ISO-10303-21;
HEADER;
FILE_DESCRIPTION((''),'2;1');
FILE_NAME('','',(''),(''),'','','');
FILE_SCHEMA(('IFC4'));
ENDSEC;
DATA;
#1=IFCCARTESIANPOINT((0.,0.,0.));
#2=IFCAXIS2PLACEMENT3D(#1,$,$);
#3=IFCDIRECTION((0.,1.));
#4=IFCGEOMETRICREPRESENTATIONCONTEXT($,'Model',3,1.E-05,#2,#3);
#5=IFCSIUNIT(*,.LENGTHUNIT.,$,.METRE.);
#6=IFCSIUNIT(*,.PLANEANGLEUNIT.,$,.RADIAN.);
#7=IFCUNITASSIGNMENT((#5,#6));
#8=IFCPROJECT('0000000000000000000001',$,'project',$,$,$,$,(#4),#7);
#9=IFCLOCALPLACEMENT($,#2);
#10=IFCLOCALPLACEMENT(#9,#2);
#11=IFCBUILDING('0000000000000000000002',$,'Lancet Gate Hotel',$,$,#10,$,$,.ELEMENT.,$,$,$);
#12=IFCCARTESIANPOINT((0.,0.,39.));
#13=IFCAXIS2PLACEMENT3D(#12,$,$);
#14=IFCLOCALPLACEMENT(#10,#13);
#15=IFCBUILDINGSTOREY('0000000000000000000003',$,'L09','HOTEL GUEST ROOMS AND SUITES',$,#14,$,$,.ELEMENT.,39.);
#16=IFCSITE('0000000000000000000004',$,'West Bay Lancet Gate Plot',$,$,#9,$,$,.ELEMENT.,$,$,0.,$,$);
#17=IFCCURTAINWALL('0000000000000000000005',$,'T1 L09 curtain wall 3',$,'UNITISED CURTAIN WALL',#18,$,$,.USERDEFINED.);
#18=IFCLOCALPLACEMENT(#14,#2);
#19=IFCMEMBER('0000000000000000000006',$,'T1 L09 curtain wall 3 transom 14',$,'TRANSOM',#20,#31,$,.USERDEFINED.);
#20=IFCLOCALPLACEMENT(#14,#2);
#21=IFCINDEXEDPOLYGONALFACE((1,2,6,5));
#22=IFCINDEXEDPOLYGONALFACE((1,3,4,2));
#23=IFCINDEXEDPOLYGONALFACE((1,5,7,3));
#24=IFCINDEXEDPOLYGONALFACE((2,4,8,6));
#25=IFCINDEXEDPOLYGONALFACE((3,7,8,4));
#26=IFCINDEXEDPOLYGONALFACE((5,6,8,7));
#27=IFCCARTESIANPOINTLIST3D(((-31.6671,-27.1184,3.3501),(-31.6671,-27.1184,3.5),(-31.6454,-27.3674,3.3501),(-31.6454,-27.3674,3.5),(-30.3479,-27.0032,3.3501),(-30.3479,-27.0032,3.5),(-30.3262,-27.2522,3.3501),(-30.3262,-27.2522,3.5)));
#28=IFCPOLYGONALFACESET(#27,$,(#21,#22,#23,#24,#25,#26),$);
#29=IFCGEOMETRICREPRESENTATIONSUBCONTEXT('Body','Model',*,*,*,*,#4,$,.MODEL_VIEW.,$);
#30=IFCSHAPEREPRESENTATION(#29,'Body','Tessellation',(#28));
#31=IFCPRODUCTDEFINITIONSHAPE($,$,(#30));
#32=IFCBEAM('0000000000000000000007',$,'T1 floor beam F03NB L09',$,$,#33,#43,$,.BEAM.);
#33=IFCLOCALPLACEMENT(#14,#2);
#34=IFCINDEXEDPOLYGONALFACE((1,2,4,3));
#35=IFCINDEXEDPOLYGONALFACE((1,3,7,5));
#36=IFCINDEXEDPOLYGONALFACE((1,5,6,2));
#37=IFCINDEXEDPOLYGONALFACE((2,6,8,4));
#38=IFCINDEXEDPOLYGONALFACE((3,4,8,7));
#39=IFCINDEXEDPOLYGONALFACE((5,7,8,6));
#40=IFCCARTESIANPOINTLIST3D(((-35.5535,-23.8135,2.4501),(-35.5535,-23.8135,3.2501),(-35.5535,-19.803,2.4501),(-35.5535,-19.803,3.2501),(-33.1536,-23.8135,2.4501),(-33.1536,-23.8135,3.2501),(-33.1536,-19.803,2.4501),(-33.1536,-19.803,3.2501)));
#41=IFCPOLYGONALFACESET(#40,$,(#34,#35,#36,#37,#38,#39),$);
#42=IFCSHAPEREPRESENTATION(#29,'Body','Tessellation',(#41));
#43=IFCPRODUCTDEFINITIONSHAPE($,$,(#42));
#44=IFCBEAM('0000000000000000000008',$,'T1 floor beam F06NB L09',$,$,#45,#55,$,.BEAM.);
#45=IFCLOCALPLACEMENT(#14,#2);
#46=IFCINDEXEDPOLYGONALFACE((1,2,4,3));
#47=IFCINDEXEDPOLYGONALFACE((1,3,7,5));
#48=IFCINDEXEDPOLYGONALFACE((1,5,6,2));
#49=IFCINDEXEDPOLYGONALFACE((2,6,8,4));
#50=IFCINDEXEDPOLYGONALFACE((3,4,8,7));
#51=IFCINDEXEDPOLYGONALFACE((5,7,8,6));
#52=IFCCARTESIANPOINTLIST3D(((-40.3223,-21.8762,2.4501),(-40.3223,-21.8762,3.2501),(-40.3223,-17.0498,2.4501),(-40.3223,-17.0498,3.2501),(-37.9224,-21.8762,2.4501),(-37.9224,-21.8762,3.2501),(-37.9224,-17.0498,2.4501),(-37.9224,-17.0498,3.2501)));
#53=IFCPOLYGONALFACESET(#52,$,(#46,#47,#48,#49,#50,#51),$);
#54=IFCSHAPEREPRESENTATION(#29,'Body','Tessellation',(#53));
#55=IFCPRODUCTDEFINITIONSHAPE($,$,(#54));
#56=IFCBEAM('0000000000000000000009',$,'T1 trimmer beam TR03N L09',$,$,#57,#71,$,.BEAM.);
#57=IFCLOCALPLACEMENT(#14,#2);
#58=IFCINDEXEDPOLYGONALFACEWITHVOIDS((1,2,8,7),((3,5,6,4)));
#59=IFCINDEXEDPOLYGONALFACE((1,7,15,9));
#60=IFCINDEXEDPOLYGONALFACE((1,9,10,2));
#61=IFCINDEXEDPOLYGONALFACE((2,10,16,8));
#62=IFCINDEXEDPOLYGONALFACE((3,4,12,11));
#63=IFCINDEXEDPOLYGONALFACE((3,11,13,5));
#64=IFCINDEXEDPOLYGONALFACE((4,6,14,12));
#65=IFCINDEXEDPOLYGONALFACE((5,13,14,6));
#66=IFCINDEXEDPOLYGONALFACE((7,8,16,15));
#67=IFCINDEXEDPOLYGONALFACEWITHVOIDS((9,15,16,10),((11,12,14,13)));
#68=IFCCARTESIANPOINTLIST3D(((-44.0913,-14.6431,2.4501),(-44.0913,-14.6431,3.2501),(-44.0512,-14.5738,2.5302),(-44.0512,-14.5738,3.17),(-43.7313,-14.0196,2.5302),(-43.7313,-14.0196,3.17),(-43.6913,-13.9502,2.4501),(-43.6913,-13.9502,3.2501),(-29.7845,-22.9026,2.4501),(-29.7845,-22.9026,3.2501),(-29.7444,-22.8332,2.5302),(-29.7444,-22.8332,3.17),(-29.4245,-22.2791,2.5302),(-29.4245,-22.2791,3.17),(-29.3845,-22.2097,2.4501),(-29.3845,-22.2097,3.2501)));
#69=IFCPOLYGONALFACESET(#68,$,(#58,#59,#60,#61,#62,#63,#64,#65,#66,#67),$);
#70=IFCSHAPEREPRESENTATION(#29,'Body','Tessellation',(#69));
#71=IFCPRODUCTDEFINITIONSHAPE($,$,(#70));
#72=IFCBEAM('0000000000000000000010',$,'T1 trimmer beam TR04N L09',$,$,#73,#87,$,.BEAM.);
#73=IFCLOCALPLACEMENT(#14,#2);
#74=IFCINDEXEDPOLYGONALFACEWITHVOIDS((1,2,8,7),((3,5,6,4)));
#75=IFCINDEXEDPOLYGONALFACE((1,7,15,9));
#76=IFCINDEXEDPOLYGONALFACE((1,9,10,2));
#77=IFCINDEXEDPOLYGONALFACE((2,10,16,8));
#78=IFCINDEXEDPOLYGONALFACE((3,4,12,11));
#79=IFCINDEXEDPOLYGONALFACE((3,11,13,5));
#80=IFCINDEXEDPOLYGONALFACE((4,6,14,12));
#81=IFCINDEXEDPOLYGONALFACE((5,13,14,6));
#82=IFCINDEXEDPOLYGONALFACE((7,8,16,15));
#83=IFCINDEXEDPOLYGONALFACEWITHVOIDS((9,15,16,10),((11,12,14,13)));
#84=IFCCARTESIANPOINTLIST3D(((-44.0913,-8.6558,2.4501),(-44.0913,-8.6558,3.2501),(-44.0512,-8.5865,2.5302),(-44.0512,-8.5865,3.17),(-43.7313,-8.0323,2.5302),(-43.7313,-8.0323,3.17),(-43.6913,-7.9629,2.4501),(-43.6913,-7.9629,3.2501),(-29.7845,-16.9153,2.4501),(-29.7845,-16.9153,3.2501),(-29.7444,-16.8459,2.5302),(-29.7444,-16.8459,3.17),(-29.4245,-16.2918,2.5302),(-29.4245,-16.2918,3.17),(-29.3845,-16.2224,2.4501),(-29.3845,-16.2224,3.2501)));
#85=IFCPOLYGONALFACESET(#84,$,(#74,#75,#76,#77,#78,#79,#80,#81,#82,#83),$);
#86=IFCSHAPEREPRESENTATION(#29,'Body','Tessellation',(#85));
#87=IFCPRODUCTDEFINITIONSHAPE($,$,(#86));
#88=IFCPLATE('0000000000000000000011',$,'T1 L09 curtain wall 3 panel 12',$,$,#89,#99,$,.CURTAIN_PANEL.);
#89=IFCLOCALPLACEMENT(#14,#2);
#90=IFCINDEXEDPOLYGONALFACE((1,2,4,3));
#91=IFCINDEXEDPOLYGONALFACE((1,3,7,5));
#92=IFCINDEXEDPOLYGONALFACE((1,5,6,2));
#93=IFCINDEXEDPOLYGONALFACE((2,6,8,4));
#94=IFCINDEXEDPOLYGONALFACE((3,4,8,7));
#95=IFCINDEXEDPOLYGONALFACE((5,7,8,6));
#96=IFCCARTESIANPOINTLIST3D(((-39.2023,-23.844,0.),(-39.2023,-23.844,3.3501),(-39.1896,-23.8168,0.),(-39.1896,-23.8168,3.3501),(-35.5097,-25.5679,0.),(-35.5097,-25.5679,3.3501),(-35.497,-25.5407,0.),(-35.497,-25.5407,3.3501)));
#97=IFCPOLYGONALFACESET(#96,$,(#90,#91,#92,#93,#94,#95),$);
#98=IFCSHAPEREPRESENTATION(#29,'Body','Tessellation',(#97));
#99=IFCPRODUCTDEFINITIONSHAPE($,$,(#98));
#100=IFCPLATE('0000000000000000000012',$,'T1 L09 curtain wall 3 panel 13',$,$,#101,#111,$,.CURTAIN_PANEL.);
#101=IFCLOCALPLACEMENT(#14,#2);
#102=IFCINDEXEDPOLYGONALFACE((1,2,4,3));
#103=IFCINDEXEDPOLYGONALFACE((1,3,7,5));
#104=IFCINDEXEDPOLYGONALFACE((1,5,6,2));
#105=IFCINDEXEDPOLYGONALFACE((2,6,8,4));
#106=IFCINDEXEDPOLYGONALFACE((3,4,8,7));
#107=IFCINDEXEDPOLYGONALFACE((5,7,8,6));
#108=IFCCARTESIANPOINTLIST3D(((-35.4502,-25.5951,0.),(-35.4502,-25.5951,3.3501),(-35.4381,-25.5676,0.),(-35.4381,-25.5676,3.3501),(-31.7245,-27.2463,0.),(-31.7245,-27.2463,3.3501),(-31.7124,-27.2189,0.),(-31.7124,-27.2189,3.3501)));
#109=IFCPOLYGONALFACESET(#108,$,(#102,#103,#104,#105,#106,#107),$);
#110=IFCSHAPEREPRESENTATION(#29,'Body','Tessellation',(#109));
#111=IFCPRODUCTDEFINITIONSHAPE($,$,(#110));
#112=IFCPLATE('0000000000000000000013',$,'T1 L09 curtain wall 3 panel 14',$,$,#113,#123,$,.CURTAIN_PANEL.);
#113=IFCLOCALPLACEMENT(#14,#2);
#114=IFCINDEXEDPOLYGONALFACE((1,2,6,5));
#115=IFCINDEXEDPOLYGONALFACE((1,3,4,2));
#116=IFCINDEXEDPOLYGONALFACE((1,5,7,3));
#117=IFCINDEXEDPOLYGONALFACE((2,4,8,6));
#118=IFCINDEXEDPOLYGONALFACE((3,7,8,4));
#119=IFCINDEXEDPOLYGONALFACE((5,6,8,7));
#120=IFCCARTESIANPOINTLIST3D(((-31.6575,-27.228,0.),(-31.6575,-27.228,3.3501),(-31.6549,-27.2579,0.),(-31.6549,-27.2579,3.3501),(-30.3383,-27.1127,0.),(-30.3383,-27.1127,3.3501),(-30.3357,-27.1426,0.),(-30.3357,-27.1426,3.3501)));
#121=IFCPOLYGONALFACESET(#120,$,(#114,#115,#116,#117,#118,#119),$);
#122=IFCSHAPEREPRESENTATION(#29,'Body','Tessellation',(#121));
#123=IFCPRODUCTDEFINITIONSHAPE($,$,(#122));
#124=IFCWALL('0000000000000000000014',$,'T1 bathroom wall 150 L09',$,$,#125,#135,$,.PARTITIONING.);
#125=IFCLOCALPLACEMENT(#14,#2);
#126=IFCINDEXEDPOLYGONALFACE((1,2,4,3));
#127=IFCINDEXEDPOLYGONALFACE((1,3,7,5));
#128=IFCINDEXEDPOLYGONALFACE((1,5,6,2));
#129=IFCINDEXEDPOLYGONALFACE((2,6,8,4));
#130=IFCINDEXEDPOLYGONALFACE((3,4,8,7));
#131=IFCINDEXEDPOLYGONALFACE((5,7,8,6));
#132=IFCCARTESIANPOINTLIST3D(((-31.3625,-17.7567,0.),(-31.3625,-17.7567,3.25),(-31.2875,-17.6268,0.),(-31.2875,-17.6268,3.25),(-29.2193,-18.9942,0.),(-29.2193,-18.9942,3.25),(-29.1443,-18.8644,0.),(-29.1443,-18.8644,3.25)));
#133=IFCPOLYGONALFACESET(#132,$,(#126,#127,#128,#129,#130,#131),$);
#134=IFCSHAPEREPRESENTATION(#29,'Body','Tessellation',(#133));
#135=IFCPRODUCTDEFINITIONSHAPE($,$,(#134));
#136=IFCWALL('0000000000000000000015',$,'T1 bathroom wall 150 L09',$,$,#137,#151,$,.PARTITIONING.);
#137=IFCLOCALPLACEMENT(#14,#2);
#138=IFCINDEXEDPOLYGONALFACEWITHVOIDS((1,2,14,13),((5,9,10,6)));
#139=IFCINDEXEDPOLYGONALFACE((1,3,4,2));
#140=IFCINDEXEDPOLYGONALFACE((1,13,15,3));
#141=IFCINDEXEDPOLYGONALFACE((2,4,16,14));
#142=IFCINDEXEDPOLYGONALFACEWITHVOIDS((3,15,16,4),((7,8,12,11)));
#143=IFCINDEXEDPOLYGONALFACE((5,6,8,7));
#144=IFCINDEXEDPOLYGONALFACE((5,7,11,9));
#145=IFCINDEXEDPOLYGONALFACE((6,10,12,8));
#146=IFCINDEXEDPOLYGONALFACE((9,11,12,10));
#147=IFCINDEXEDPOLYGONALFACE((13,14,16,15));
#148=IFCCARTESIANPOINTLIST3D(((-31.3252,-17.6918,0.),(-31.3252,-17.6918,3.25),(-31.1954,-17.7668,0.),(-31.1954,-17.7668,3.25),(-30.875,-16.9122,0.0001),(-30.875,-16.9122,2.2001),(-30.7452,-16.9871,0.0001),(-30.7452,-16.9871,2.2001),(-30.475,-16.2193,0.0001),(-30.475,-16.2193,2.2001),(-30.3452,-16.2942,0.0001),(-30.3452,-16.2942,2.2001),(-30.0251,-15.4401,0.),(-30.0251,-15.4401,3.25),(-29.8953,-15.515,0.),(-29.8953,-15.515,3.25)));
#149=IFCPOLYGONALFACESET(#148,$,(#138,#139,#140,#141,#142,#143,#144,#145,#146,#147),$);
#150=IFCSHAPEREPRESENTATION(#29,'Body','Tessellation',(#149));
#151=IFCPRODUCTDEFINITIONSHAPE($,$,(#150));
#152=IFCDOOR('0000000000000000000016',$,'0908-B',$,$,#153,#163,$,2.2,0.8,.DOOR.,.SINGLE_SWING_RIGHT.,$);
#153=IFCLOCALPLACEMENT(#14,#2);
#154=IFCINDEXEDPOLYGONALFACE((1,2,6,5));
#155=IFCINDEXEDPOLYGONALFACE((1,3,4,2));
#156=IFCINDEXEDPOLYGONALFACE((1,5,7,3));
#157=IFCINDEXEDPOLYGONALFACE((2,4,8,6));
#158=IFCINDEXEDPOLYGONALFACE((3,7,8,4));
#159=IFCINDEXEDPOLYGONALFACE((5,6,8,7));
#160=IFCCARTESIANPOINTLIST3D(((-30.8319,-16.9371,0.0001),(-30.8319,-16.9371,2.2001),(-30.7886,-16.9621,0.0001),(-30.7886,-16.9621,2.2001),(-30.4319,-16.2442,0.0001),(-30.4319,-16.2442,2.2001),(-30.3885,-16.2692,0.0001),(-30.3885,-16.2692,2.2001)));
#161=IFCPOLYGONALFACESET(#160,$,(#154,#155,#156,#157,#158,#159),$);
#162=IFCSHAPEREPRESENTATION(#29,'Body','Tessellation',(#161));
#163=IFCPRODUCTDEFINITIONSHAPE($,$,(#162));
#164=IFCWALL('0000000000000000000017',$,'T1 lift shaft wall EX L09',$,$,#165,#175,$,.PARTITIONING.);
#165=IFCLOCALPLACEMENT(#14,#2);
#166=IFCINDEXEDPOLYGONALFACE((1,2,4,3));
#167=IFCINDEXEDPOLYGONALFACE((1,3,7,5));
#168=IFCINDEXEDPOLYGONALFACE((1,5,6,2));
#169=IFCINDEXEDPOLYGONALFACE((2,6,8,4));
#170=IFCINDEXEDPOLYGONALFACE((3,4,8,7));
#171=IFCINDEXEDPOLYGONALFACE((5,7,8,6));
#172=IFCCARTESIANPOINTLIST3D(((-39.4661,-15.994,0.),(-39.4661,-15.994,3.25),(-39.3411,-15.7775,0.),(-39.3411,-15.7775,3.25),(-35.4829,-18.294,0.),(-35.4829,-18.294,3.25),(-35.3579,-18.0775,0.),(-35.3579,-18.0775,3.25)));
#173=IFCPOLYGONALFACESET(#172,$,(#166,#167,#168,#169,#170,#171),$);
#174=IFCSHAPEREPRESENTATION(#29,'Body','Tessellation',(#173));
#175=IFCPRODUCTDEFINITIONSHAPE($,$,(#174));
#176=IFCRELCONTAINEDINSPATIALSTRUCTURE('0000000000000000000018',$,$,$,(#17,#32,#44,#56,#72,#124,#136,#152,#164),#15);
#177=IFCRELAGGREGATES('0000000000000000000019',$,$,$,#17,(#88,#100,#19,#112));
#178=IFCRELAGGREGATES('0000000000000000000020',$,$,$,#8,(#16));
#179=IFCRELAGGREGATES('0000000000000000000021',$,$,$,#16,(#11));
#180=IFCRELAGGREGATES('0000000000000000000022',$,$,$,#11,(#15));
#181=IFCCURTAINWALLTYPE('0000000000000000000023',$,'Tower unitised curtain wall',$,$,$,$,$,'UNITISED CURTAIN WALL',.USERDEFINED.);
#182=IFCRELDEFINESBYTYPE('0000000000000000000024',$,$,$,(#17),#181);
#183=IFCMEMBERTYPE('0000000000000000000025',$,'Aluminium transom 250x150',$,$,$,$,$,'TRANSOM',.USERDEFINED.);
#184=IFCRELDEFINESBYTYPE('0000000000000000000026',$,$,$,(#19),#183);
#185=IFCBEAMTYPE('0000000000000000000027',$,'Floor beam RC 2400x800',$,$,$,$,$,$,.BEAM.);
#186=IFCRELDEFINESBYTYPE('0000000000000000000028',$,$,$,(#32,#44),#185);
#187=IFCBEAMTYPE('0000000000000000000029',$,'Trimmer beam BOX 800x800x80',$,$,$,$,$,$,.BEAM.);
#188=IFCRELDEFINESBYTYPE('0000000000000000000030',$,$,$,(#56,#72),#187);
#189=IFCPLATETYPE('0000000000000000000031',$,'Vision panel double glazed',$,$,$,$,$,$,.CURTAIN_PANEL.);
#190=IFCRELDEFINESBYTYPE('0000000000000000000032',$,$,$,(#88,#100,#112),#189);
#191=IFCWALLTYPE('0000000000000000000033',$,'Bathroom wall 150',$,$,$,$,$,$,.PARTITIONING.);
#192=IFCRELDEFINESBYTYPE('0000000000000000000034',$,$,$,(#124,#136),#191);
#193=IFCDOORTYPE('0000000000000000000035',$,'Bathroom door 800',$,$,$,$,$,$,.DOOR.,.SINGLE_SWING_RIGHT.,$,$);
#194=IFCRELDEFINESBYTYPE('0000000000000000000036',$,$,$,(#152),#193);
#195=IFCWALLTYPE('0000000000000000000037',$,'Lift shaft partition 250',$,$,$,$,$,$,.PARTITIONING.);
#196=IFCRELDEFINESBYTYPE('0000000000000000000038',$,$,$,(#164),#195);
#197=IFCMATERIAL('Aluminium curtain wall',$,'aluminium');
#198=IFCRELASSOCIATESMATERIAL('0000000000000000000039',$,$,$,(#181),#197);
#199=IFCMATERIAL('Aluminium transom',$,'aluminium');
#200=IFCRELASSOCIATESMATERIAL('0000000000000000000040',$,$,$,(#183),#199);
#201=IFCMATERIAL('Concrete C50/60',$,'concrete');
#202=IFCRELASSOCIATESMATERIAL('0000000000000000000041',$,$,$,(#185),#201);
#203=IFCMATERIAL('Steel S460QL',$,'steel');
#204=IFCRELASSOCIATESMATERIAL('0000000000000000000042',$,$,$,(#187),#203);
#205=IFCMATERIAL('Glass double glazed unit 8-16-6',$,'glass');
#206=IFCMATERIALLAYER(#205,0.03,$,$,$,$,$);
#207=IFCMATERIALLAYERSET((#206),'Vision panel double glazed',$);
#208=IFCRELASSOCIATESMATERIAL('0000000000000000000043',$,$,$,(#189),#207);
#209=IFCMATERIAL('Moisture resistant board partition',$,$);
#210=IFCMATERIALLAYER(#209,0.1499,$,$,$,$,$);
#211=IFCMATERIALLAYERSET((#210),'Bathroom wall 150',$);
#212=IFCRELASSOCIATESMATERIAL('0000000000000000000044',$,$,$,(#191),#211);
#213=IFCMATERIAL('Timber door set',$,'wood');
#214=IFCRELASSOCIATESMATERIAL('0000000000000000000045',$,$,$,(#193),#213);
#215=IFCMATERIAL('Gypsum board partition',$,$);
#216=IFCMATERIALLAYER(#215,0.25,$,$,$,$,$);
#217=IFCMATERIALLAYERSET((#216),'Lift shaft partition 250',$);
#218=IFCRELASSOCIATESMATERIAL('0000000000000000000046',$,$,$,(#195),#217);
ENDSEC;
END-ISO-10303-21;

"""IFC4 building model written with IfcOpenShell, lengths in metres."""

from ifc_helpers import new_model, si_unit, direction, frame, frame_2d, origin, origin_2d, place, context, subcontext, project, spatial, rectangle, hollow_rectangle, extrude, material, layer, layer_set, material_profile, profile_set, type_object, element, fill, aggregate, save


model = new_model("IFC4")

# Units and contexts
model_context = context("Model", 3, precision=1e-05, world=origin(), true_north=direction((0.0, 1.0)))
body_context = subcontext(model_context, "Body", "Model", "MODEL_VIEW")
ifc_project = project(units=[si_unit("LENGTHUNIT", "METRE"), si_unit("PLANEANGLEUNIT", "RADIAN")], contexts=[model_context])

# Site, building, storey
site_placement = place(None, origin())
site = spatial("IfcSite", under=ifc_project, at=site_placement, Name="West Bay Lancet Gate Plot", CompositionType="ELEMENT", RefElevation=0.0)
building_placement = place(site_placement, origin())
building = spatial("IfcBuilding", under=site, at=building_placement, Name="Lancet Gate Hotel", CompositionType="ELEMENT")
storey_placement = place(building_placement, frame((0.0, 0.0, 39.0)))
storey = spatial("IfcBuildingStorey", under=building, at=storey_placement, Name="L09", Description="HOTEL GUEST ROOMS AND SUITES", CompositionType="ELEMENT", Elevation=39.0)

# Curtain wall, member
ifc_material_1 = material(Name="Aluminium curtain wall", Category="aluminium")
curtain_wall_type = type_object("IfcCurtainWallType", Name="Tower unitised curtain wall", ElementType="UNITISED CURTAIN WALL", PredefinedType="USERDEFINED", material=ifc_material_1)
curtain_wall_placement = place(storey_placement, origin())
curtain_wall = element("IfcCurtainWall", 1, at=curtain_wall_placement, inside=storey, type_object=curtain_wall_type, Name="T1 L09 curtain wall 3", ObjectType="UNITISED CURTAIN WALL", PredefinedType="USERDEFINED")
ifc_material_2 = material(Name="Aluminium transom", Category="aluminium")
ifc_material_profile_1 = material_profile(ifc_material_2, rectangle(XDim=0.25, YDim=0.1499, at=origin_2d()), Name="TRANSOM 250x150")
ifc_profile_set_1 = profile_set([ifc_material_profile_1], Name="Aluminium transom")
member_type_1 = type_object("IfcMemberType", Name="Aluminium transom 250x150", ElementType="TRANSOM", PredefinedType="USERDEFINED", material=ifc_profile_set_1)
member_1_placement = place(storey_placement, frame((-31.6562, -27.2429, 3.425), z_axis=(0.996206, 0.087027, 0.0), x_axis=(-0.087027, 0.996206, 0.0)))
member_1 = element("IfcMember", 2, at=member_1_placement, type_object=member_type_1, Name="T1 L09 curtain wall 3 transom 14", ObjectType="TRANSOM", PredefinedType="USERDEFINED", context=body_context, shape_type="SweptSolid", body=[
    extrude(rectangle(XDim=0.25, YDim=0.1499, at=origin_2d()), origin(), (0.0, 0.0, 1.0), 1.3242),
])

# Beams
ifc_material_3 = material(Name="Concrete C50/60", Category="concrete")
ifc_material_profile_2 = material_profile(ifc_material_3, rectangle(XDim=2.3999, YDim=0.8, at=origin_2d()), Name="RC 2400x800")
ifc_profile_set_2 = profile_set([ifc_material_profile_2], Name="Concrete C50/60")
beam_type_1 = type_object("IfcBeamType", Name="Floor beam RC 2400x800", PredefinedType="BEAM", material=ifc_profile_set_2)
beam_1_placement = place(storey_placement, frame((-34.3535, -19.803, 2.8501), z_axis=(0.0, -1.0, 0.0), x_axis=(1.0, 0.0, 0.0)))
element("IfcBeam", 3, at=beam_1_placement, inside=storey, type_object=beam_type_1, Name="T1 floor beam F03NB L09", PredefinedType="BEAM", context=body_context, shape_type="SweptSolid", body=[
    extrude(rectangle(XDim=2.3999, YDim=0.8, at=origin_2d()), origin(), (0.0, 0.0, 1.0), 4.0105),
])
beam_2_placement = place(storey_placement, frame((-39.1223, -17.0498, 2.8501), z_axis=(0.0, -1.0, 0.0), x_axis=(1.0, 0.0, 0.0)))
element("IfcBeam", 4, at=beam_2_placement, inside=storey, type_object=beam_type_1, Name="T1 floor beam F06NB L09", PredefinedType="BEAM", context=body_context, shape_type="SweptSolid", body=[
    extrude(rectangle(XDim=2.3999, YDim=0.8, at=origin_2d()), origin(), (0.0, 0.0, 1.0), 4.8264),
])
ifc_material_4 = material(Name="Steel S460QL", Category="steel")
ifc_material_profile_3 = material_profile(ifc_material_4, hollow_rectangle(XDim=0.8, YDim=0.8, WallThickness=0.0801, at=origin_2d()), Name="BOX 800x800x80")
ifc_profile_set_3 = profile_set([ifc_material_profile_3], Name="Steel S460QL")
beam_type_2 = type_object("IfcBeamType", Name="Trimmer beam BOX 800x800x80", PredefinedType="BEAM", material=ifc_profile_set_3)
for number, where, z_axis, x_axis, name in (
    (5, (-29.5845, -22.5562, 2.8501), (-0.86604, 0.499974, 0.0), (-0.499974, -0.86604, 0.0), "T1 trimmer beam TR03N L09"),
    (6, (-29.5845, -16.5688, 2.8501), (-0.86604, 0.499974, 0.0), (-0.499974, -0.86604, 0.0), "T1 trimmer beam TR04N L09"),
):
    element("IfcBeam", number, at=place(storey_placement, frame(where, z_axis=z_axis, x_axis=x_axis)), inside=storey, type_object=beam_type_2, Name=name, PredefinedType="BEAM", context=body_context, shape_type="SweptSolid", body=[
        extrude(hollow_rectangle(XDim=0.8, YDim=0.8, WallThickness=0.0801, at=origin_2d()), origin(), (0.0, 0.0, 1.0), 16.5198),
    ])

# Plates
ifc_material_5 = material(Name="Glass double glazed unit 8-16-6", Category="glass")
ifc_layer_1 = layer(ifc_material_5, 0.03)
ifc_layer_set_1 = layer_set([ifc_layer_1], Name="Vision panel double glazed")
plate_type = type_object("IfcPlateType", Name="Vision panel double glazed", PredefinedType="CURTAIN_PANEL", material=ifc_layer_set_1)
plate_1_placement = place(storey_placement, frame((-37.3496, -24.6924, 0.0), z_axis=(0.0, 0.0, 1.0), x_axis=(0.906118, -0.423026, 0.0)))
plate_1 = element("IfcPlate", 7, at=plate_1_placement, type_object=plate_type, Name="T1 L09 curtain wall 3 panel 12", PredefinedType="CURTAIN_PANEL", context=body_context, shape_type="SweptSolid", body=[
    extrude(rectangle(XDim=4.0752, YDim=0.03, at=origin_2d()), origin(), (0.0, 0.0, 1.0), 3.3501),
])
plate_2_placement = place(storey_placement, frame((-33.5813, -26.407, 0.0), z_axis=(0.0, 0.0, 1.0), x_axis=(0.914234, -0.405186, 0.0)))
plate_2 = element("IfcPlate", 8, at=plate_2_placement, type_object=plate_type, Name="T1 L09 curtain wall 3 panel 13", PredefinedType="CURTAIN_PANEL", context=body_context, shape_type="SweptSolid", body=[
    extrude(rectangle(XDim=4.0752, YDim=0.03, at=origin_2d()), origin(), (0.0, 0.0, 1.0), 3.3501),
])
plate_3_placement = place(storey_placement, frame((-30.9966, -27.1853, 0.0), z_axis=(0.0, 0.0, 1.0), x_axis=(0.996204, 0.087052, 0.0)))
plate_3 = element("IfcPlate", 9, at=plate_3_placement, type_object=plate_type, Name="T1 L09 curtain wall 3 panel 14", PredefinedType="CURTAIN_PANEL", context=body_context, shape_type="SweptSolid", body=[
    extrude(rectangle(XDim=1.3242, YDim=0.03, at=origin_2d()), origin(), (0.0, 0.0, 1.0), 3.3501),
])
aggregate(curtain_wall, [plate_1, plate_2, member_1, plate_3])

# Wall
ifc_material_6 = material(Name="Moisture resistant board partition")
ifc_layer_2 = layer(ifc_material_6, 0.1499)
ifc_layer_set_2 = layer_set([ifc_layer_2], Name="Bathroom wall 150")
wall_type_1 = type_object("IfcWallType", Name="Bathroom wall 150", PredefinedType="PARTITIONING", material=ifc_layer_set_2)
wall_1_placement = place(storey_placement, frame((-29.1819, -18.9292, 0.0), z_axis=(0.0, 0.0, 1.0), x_axis=(-0.866007, 0.500033, 0.0)))
element("IfcWall", 10, at=wall_1_placement, inside=storey, type_object=wall_type_1, Name="T1 bathroom wall 150 L09", PredefinedType="PARTITIONING", context=body_context, shape_type="SweptSolid", body=[
    extrude(rectangle(XDim=2.4749, YDim=0.1499, at=frame_2d((1.2373, 0.0))), origin(), (0.0, 0.0, 1.0), 3.25),
])

# Wall, opening, door
wall_2_placement = place(storey_placement, frame((-29.9602, -15.4775, 0.0), z_axis=(0.0, 0.0, 1.0), x_axis=(-0.500007, -0.866021, 0.0)))
wall_2 = element("IfcWall", 11, at=wall_2_placement, inside=storey, type_object=wall_type_1, Name="T1 bathroom wall 150 L09", PredefinedType="PARTITIONING", context=body_context, shape_type="SweptSolid", body=[
    extrude(rectangle(XDim=2.6001, YDim=0.1499, at=frame_2d((1.3, 0.0))), origin(), (0.0, 0.0, 1.0), 3.25),
])
opening_placement = place(wall_2_placement, frame((0.8999, 0.0, 0.0)))
opening = element("IfcOpeningElement", 12, at=opening_placement, cuts=wall_2, PredefinedType="OPENING", context=body_context, shape_type="SweptSolid", body=[
    extrude(rectangle(XDim=0.8, YDim=2.2, at=frame_2d((0.3999, 1.1001))), frame((0.0, 0.085, 0.0), z_axis=(0.0, -1.0, 0.0), x_axis=(1.0, 0.0, 0.0)), (0.0, 0.0, 1.0), 0.1699),
])
ifc_material_7 = material(Name="Timber door set", Category="wood")
door_type = type_object("IfcDoorType", Name="Bathroom door 800", OperationType="SINGLE_SWING_RIGHT", PredefinedType="DOOR", material=ifc_material_7)
door_placement = place(opening_placement, origin())
door = element("IfcDoor", 13, at=door_placement, inside=storey, type_object=door_type, Name="0908-B", OperationType="SINGLE_SWING_RIGHT", OverallHeight=2.2, OverallWidth=0.8, PredefinedType="DOOR", context=body_context, shape_type="SweptSolid", body=[
    extrude(rectangle(XDim=0.8, YDim=2.2, at=frame_2d((0.3999, 1.1001))), frame((0.0, 0.0249, 0.0), z_axis=(0.0, -1.0, 0.0), x_axis=(1.0, 0.0, 0.0)), (0.0, 0.0, 1.0), 0.05),
])
fill(opening, door)

# Wall
ifc_material_8 = material(Name="Gypsum board partition")
ifc_layer_3 = layer(ifc_material_8, 0.25)
ifc_layer_set_3 = layer_set([ifc_layer_3], Name="Lift shaft partition 250")
wall_type_2 = type_object("IfcWallType", Name="Lift shaft partition 250", PredefinedType="PARTITIONING", material=ifc_layer_set_3)
wall_3_placement = place(storey_placement, frame((-35.4204, -18.1858, 0.0), z_axis=(0.0, 0.0, 1.0), x_axis=(-0.86599, 0.500061, 0.0)))
element("IfcWall", 14, at=wall_3_placement, inside=storey, type_object=wall_type_2, Name="T1 lift shaft wall EX L09", PredefinedType="PARTITIONING", context=body_context, shape_type="SweptSolid", body=[
    extrude(rectangle(XDim=4.5996, YDim=0.25, at=frame_2d((2.2998, 0.0))), origin(), (0.0, 0.0, 1.0), 3.25),
])

save(model, "model.ifc")
